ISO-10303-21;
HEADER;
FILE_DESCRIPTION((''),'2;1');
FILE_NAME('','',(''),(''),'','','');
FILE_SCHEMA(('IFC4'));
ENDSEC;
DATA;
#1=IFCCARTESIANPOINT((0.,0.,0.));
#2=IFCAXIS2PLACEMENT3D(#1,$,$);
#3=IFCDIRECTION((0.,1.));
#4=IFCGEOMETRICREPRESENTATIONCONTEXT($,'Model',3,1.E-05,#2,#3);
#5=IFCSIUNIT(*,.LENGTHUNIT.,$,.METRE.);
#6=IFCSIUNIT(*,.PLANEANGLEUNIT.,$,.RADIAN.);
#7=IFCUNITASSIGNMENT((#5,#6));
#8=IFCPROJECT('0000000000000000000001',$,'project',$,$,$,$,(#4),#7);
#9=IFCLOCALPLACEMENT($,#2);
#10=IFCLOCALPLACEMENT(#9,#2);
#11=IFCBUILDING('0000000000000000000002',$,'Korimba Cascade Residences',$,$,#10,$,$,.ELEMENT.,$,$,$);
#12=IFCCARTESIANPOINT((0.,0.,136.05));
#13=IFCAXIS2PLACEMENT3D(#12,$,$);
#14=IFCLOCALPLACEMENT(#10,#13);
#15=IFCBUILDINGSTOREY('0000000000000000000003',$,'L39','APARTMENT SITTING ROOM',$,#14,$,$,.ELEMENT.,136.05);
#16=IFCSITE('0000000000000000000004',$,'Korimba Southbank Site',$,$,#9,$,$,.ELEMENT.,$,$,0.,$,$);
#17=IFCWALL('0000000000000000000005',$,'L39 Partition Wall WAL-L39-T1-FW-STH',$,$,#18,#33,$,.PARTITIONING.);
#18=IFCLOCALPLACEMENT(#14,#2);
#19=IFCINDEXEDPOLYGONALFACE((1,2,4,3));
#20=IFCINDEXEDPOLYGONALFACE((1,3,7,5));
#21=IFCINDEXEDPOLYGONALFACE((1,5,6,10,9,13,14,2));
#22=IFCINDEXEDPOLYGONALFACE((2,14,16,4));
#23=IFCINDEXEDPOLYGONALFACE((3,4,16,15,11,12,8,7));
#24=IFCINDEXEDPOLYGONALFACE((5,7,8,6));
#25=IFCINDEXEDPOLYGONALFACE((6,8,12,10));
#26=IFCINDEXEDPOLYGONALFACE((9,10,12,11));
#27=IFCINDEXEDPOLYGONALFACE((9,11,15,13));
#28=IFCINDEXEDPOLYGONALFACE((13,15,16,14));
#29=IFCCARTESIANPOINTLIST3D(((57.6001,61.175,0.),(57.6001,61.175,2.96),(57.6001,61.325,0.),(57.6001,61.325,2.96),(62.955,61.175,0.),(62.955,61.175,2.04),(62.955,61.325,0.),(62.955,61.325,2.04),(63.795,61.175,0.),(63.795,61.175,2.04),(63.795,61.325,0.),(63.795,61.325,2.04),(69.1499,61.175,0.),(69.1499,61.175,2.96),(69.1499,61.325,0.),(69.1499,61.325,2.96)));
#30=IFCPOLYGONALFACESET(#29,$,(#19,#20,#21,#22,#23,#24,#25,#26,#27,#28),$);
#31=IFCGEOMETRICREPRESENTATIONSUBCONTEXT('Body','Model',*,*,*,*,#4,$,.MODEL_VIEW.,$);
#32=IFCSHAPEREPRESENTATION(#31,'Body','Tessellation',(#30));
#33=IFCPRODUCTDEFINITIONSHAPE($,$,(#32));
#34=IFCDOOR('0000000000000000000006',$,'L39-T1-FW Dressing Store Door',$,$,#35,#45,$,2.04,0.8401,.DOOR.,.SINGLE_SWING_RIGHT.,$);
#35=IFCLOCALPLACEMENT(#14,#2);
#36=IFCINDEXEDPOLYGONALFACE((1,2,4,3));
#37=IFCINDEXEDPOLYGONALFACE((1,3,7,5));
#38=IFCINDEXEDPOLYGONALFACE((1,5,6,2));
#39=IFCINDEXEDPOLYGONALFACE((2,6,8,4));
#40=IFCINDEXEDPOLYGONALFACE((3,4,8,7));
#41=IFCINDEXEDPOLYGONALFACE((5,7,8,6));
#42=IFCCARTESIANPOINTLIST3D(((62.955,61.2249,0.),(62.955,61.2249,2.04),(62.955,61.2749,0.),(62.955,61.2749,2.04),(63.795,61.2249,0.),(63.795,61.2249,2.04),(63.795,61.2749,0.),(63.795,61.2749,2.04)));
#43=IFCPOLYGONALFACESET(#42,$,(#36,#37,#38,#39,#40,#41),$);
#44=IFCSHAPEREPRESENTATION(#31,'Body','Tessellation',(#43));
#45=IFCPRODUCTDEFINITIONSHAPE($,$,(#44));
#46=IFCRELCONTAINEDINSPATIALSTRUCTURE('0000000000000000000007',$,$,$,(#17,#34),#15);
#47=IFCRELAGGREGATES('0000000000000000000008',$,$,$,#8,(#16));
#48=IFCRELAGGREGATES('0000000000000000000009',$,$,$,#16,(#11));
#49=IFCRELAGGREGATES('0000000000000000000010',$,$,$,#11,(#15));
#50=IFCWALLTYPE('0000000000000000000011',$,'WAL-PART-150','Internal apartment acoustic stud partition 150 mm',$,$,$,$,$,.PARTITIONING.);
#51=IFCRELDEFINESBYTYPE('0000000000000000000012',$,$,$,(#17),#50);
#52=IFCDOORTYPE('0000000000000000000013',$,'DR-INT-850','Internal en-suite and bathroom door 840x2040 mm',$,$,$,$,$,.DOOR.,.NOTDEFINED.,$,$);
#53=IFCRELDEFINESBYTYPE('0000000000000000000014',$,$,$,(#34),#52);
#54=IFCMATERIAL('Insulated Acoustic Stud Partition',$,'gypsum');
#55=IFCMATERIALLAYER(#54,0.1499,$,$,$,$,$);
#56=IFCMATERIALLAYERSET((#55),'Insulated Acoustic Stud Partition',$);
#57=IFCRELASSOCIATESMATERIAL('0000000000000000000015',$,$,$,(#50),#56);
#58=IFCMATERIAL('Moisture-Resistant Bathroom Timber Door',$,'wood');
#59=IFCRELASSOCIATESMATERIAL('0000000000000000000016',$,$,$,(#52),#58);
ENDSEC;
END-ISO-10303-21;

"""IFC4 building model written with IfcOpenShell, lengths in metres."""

from ifc_helpers import new_model, si_unit, direction, frame, frame_2d, origin, place, context, subcontext, project, spatial, rectangle, extrude, material, layer, layer_set, type_object, element, fill, save


model = new_model("IFC4")

# Units and contexts
model_context = context("Model", 3, precision=1e-05, world=origin(), true_north=direction((0.0, 1.0)))
body_context = subcontext(model_context, "Body", "Model", "MODEL_VIEW")
ifc_project = project(units=[si_unit("LENGTHUNIT", "METRE"), si_unit("PLANEANGLEUNIT", "RADIAN")], contexts=[model_context])

# Site, building, storey
site_placement = place(None, origin())
site = spatial("IfcSite", under=ifc_project, at=site_placement, Name="Korimba Southbank Site", CompositionType="ELEMENT", RefElevation=0.0)
building_placement = place(site_placement, origin())
building = spatial("IfcBuilding", under=site, at=building_placement, Name="Korimba Cascade Residences", CompositionType="ELEMENT")
storey_placement = place(building_placement, frame((0.0, 0.0, 136.05)))
storey = spatial("IfcBuildingStorey", under=building, at=storey_placement, Name="L39", Description="APARTMENT SITTING ROOM", CompositionType="ELEMENT", Elevation=136.05)

# Wall, opening, door
ifc_material_1 = material(Name="Insulated Acoustic Stud Partition", Category="gypsum")
ifc_layer_1 = layer(ifc_material_1, 0.1499)
ifc_layer_set_1 = layer_set([ifc_layer_1], Name="Insulated Acoustic Stud Partition")
wall_type_1 = type_object("IfcWallType", Name="WAL-PART-150", Description="Internal apartment acoustic stud partition 150 mm", PredefinedType="PARTITIONING", material=ifc_layer_set_1)
wall_1_placement = place(storey_placement, frame((57.6001, 61.25, 0.0), z_axis=(0.0, 0.0, 1.0), x_axis=(1.0, 0.0, 0.0)))
wall_1 = element("IfcWall", 1, at=wall_1_placement, inside=storey, type_object=wall_type_1, Name="L39 Partition Wall WAL-L39-T1-FW-STH", PredefinedType="PARTITIONING", context=body_context, shape_type="SweptSolid", body=[
    extrude(rectangle(XDim=11.5498, YDim=0.1499, at=frame_2d((5.7749, 0.0))), origin(), (0.0, 0.0, 1.0), 2.96),
])
opening_1_placement = place(wall_1_placement, frame((5.355, 0.0, 0.0)))
opening_1 = element("IfcOpeningElement", 2, at=opening_1_placement, cuts=wall_1, PredefinedType="OPENING", context=body_context, shape_type="SweptSolid", body=[
    extrude(rectangle(XDim=0.8401, YDim=2.04, at=frame_2d((0.4199, 1.02))), frame((0.0, 0.085, 0.0), z_axis=(0.0, -1.0, 0.0), x_axis=(1.0, 0.0, 0.0)), (0.0, 0.0, 1.0), 0.1699),
])
ifc_material_2 = material(Name="Moisture-Resistant Bathroom Timber Door", Category="wood")
door_type_1 = type_object("IfcDoorType", Name="DR-INT-850", Description="Internal en-suite and bathroom door 840x2040 mm", OperationType="NOTDEFINED", PredefinedType="DOOR", material=ifc_material_2)
door_1_placement = place(opening_1_placement, origin())
door_1 = element("IfcDoor", 3, at=door_1_placement, inside=storey, type_object=door_type_1, Name="L39-T1-FW Dressing Store Door", OperationType="SINGLE_SWING_RIGHT", OverallHeight=2.04, OverallWidth=0.8401, PredefinedType="DOOR", context=body_context, shape_type="SweptSolid", body=[
    extrude(rectangle(XDim=0.8401, YDim=2.04, at=frame_2d((0.4199, 1.02))), frame((0.0, 0.0249, 0.0), z_axis=(0.0, -1.0, 0.0), x_axis=(1.0, 0.0, 0.0)), (0.0, 0.0, 1.0), 0.05),
])
fill(opening_1, door_1)

save(model, "model.ifc")
